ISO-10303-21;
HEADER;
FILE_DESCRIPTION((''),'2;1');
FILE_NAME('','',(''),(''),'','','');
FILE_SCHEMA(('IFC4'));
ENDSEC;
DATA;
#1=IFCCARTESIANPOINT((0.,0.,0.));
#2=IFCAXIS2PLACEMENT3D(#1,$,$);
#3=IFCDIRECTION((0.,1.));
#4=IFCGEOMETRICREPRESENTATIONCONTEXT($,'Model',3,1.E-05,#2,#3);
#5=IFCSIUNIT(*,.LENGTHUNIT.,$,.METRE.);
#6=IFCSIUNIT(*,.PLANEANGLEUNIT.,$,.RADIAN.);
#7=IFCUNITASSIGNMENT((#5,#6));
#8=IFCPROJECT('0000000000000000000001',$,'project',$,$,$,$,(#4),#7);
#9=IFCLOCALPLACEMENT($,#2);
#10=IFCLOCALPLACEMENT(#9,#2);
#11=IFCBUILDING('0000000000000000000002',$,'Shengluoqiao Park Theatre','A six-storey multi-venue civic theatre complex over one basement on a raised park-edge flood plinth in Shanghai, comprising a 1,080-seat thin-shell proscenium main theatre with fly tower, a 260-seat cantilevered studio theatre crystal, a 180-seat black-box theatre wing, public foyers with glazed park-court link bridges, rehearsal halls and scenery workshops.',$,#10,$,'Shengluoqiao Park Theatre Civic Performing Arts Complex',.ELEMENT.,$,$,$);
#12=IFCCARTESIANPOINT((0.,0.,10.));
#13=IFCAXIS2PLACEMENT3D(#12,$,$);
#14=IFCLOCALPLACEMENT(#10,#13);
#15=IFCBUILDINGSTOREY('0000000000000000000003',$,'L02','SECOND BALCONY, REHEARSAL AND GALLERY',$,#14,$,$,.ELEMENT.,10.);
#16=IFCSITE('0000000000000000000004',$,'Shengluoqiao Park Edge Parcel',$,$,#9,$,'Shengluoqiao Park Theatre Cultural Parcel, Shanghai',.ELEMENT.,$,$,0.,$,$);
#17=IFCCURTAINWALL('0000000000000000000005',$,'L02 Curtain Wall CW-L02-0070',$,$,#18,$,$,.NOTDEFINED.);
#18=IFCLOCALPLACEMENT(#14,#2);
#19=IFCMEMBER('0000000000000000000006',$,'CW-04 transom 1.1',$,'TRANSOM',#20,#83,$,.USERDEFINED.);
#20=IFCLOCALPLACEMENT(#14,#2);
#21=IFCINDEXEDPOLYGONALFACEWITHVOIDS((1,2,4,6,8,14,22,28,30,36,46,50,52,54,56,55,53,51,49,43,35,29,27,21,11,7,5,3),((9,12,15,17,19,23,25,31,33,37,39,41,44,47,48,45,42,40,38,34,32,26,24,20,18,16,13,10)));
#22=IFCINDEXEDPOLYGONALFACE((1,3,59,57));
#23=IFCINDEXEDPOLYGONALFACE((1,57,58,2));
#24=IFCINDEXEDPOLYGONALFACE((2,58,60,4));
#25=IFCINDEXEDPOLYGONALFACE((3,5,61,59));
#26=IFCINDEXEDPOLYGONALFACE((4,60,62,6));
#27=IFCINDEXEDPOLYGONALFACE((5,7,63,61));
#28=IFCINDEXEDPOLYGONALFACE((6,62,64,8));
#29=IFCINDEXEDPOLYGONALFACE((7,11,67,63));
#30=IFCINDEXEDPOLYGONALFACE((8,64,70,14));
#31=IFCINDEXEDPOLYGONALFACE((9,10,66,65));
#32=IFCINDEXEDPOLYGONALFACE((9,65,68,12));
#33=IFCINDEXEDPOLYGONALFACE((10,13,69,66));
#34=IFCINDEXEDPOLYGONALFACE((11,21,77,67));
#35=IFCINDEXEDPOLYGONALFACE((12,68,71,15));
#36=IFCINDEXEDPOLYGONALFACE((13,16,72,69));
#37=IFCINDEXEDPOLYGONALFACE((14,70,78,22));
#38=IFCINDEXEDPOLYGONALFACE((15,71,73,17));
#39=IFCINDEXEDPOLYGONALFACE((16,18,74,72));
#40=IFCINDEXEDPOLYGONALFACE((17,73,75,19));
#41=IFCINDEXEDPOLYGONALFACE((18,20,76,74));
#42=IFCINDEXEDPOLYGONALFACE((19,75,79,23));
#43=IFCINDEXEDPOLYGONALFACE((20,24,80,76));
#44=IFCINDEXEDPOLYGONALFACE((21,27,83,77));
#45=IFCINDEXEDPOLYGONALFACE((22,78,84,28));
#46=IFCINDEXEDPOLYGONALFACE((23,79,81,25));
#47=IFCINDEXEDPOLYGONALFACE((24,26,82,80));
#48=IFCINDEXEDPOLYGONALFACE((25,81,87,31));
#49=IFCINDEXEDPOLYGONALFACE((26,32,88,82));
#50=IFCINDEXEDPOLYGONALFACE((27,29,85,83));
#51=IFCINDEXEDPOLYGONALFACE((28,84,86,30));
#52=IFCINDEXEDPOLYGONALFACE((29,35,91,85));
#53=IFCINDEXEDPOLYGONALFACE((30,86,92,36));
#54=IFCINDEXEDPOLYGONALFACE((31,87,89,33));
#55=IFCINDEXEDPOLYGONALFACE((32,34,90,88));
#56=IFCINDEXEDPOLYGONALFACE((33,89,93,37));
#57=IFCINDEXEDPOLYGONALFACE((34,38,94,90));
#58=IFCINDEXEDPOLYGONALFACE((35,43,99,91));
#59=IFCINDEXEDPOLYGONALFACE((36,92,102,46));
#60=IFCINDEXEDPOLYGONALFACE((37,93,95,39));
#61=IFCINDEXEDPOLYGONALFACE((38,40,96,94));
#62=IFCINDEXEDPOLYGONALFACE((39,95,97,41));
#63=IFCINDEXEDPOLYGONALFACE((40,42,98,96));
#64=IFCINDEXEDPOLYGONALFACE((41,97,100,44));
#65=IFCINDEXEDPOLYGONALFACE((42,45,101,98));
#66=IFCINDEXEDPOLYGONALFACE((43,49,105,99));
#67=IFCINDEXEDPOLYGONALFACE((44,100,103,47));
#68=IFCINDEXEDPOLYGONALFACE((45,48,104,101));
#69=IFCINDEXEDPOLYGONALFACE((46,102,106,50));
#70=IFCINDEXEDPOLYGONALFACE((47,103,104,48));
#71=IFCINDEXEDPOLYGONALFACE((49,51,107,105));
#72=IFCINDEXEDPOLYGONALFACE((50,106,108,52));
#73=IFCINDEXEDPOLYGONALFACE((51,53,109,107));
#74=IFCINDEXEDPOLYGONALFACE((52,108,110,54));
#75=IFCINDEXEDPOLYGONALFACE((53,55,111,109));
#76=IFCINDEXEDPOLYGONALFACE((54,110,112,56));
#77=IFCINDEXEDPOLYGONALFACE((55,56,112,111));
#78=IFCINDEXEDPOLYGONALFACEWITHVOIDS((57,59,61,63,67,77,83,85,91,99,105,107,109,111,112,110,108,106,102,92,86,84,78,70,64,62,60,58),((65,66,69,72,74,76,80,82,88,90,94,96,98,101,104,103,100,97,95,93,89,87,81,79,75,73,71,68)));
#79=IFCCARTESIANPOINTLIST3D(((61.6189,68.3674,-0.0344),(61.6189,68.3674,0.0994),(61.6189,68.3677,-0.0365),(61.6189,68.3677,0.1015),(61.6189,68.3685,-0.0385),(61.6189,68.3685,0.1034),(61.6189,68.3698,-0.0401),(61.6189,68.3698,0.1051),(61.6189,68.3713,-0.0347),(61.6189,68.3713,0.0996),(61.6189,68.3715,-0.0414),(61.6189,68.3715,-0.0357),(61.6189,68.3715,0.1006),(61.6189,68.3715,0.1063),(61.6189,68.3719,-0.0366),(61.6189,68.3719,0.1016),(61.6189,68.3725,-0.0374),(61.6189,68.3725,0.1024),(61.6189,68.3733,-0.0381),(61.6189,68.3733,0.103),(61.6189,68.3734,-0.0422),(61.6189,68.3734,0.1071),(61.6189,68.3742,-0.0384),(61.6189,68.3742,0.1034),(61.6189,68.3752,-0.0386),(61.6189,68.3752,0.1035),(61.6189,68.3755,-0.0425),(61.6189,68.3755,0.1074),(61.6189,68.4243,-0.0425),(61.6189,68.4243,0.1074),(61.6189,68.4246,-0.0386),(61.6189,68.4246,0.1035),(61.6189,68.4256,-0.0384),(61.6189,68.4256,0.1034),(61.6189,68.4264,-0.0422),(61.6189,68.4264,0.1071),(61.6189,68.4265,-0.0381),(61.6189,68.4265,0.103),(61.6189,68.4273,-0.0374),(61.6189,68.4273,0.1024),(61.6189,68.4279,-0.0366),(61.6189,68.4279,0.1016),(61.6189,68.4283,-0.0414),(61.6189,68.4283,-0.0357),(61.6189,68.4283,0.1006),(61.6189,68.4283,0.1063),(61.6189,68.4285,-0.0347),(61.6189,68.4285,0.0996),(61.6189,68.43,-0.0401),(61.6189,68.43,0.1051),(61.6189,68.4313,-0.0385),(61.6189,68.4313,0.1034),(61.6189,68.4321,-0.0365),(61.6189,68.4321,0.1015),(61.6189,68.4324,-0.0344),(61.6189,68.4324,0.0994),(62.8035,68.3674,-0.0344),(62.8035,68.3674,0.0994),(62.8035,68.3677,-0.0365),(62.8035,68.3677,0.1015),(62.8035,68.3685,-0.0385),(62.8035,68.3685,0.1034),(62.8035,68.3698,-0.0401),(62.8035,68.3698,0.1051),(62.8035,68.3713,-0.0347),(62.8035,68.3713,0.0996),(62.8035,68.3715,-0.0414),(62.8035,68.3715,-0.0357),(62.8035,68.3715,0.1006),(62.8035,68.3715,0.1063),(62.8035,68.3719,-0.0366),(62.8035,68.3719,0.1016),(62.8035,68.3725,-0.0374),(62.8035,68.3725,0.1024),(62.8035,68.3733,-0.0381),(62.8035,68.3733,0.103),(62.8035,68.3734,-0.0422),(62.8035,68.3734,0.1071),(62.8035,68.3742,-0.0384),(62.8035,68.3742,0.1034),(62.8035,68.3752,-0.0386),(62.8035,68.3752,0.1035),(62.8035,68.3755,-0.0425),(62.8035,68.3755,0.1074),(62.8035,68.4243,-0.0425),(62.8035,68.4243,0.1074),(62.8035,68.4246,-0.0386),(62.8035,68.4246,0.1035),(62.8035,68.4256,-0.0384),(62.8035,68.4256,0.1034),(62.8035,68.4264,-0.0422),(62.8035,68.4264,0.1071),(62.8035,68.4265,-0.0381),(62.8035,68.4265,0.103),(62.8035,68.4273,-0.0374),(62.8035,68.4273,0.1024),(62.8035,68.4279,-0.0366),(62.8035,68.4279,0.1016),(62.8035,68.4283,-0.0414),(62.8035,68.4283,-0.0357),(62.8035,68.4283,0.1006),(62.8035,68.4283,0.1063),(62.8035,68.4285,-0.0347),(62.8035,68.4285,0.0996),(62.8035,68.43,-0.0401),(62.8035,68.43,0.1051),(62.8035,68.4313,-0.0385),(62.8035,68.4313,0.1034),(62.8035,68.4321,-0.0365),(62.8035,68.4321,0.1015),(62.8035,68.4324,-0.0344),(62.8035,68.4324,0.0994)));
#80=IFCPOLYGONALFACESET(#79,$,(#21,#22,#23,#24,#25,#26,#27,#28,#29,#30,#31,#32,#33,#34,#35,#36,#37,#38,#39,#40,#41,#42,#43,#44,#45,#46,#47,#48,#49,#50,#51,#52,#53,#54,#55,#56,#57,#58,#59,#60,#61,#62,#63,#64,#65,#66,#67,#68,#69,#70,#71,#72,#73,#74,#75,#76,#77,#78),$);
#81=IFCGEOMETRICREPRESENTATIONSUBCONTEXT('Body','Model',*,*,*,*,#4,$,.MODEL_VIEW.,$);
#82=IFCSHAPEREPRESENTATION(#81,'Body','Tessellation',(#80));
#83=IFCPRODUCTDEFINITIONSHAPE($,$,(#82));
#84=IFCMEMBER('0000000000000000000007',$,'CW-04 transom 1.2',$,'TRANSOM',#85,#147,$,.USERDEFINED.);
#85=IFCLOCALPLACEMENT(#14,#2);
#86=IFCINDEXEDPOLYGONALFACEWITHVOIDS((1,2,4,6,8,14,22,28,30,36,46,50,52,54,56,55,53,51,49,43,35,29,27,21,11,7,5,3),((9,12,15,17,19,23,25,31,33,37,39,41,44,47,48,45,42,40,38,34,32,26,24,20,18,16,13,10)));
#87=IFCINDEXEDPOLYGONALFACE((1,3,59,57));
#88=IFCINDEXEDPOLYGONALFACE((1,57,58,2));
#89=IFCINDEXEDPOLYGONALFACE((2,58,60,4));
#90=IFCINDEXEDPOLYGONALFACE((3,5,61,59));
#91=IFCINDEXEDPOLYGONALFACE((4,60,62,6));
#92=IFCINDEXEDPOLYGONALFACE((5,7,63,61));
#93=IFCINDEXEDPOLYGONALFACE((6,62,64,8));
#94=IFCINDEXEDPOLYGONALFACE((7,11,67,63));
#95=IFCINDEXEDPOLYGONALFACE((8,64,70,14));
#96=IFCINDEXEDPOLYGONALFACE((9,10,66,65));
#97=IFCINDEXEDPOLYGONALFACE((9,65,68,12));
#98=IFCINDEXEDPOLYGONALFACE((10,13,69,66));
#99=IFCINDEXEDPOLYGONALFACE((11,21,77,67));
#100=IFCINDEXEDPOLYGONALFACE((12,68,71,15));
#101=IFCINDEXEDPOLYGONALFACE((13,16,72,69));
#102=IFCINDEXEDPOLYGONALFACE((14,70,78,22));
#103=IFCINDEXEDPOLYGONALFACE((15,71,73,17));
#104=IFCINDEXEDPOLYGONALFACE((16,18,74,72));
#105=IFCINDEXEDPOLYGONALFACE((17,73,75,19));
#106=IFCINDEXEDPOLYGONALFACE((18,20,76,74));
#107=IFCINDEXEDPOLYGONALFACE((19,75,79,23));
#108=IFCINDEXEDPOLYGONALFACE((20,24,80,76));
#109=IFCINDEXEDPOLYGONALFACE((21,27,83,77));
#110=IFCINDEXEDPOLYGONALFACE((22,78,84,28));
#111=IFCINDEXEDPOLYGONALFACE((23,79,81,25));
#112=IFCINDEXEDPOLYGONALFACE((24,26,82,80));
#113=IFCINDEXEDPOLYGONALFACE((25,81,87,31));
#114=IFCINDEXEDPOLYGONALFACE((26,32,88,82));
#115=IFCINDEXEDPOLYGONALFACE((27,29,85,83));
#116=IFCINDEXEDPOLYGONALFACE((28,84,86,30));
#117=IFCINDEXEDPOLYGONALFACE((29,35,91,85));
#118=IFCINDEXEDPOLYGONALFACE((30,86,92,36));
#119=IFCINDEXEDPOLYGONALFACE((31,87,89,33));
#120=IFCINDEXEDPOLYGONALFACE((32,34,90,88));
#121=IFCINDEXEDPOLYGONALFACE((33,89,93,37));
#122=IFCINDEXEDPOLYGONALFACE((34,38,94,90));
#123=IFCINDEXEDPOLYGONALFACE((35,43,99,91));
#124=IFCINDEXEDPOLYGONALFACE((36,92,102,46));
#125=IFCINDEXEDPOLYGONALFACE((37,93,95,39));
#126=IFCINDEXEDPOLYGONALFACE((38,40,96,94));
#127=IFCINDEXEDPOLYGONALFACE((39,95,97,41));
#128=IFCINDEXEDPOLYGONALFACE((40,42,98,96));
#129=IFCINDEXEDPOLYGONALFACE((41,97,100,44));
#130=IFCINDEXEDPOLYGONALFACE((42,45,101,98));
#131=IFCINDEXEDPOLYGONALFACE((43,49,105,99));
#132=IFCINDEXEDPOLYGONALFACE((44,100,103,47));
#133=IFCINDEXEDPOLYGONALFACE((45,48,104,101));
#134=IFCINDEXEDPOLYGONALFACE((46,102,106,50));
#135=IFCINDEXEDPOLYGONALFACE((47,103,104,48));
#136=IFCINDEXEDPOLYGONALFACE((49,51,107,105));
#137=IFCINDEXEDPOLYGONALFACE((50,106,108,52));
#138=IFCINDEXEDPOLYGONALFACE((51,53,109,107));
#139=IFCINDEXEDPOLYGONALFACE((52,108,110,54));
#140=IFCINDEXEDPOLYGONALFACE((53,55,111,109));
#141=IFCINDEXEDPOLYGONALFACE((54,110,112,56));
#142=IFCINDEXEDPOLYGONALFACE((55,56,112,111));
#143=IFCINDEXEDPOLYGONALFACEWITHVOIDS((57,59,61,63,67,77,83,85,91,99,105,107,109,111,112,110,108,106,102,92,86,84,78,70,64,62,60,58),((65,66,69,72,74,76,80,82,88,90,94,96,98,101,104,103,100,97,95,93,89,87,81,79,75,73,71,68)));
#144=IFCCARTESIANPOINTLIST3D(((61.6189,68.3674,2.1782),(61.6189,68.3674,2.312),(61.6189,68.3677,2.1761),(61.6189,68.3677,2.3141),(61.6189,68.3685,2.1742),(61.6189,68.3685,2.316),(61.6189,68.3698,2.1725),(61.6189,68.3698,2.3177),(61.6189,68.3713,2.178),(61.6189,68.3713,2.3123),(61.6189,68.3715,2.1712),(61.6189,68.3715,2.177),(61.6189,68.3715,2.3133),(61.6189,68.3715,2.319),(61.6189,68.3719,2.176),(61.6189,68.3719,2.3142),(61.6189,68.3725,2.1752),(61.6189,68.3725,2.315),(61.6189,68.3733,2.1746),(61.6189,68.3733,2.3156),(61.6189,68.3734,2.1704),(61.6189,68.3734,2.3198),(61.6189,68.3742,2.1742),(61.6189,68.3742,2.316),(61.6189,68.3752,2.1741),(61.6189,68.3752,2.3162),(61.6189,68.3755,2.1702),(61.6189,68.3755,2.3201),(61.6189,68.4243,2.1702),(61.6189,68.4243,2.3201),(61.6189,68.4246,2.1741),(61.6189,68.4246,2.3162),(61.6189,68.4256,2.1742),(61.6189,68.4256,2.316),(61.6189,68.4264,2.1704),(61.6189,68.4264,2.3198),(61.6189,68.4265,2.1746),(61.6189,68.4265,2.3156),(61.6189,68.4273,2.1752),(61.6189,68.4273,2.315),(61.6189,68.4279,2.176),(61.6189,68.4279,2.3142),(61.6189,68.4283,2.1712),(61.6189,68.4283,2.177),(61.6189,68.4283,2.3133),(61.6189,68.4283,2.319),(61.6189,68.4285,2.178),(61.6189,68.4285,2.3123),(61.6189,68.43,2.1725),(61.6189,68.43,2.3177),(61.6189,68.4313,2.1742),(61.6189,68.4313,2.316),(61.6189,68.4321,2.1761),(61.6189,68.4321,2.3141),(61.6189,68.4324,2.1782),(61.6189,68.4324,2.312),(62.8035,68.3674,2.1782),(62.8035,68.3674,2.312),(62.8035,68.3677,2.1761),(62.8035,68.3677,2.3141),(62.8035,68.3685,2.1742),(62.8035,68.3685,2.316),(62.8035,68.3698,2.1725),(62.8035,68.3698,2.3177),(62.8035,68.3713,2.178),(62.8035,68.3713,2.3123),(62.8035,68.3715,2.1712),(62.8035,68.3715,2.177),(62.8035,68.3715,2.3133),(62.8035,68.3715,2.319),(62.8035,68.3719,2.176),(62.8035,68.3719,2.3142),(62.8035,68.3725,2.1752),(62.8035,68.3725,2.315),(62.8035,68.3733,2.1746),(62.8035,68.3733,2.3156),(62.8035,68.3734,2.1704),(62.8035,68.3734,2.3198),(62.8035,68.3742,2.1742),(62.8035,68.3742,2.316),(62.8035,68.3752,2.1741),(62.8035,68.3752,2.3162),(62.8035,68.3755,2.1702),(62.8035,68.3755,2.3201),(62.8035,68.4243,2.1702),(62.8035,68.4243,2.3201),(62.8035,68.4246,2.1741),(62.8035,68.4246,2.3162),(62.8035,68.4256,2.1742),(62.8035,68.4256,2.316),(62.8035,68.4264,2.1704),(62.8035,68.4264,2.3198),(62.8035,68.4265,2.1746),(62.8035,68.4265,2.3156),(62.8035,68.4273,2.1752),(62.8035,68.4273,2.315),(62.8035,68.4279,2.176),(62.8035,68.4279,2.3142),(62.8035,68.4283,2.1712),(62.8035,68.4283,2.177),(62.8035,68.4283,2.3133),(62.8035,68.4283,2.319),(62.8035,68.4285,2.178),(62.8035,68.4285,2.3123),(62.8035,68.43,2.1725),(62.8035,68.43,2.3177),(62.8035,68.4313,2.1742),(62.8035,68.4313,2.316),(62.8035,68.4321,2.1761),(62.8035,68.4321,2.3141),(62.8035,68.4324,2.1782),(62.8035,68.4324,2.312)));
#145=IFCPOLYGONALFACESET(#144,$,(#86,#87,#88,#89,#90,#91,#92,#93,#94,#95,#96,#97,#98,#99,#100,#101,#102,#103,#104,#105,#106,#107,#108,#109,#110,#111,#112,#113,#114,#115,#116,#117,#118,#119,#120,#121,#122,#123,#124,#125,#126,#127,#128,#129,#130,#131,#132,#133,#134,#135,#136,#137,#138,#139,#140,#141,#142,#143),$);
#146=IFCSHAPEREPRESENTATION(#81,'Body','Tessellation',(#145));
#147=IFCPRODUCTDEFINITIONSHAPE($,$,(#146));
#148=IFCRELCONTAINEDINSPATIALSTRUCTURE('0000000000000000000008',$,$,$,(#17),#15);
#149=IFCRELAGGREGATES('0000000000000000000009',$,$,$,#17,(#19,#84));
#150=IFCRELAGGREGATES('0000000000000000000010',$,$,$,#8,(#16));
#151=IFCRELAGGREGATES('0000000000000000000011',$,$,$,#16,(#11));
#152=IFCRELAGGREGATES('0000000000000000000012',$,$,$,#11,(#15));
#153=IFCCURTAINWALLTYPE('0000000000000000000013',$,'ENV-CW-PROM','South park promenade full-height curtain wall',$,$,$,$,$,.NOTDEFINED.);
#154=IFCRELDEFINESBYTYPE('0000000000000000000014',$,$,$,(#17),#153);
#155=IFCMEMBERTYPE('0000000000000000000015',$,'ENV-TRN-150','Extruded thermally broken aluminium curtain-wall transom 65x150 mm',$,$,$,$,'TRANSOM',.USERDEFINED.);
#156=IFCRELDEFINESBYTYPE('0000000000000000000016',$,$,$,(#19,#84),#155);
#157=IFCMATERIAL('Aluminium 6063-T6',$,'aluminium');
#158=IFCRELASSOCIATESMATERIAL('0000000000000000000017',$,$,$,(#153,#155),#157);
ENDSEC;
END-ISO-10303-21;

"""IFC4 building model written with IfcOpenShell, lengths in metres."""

from ifc_helpers import new_model, si_unit, direction, frame, origin, origin_2d, place, context, subcontext, project, spatial, hollow_rectangle, extrude, material, material_profile, profile_set, type_object, element, aggregate, save


model = new_model("IFC4")

# Units and contexts
model_context = context("Model", 3, precision=1e-05, world=origin(), true_north=direction((0.0, 1.0)))
body_context = subcontext(model_context, "Body", "Model", "MODEL_VIEW")
ifc_project = project(units=[si_unit("LENGTHUNIT", "METRE"), si_unit("PLANEANGLEUNIT", "RADIAN")], contexts=[model_context])

# Site, building, storey
site_placement = place(None, origin())
site = spatial("IfcSite", under=ifc_project, at=site_placement, Name="Shengluoqiao Park Edge Parcel", LongName="Shengluoqiao Park Theatre Cultural Parcel, Shanghai", CompositionType="ELEMENT", RefElevation=0.0)
building_placement = place(site_placement, origin())
building = spatial("IfcBuilding", under=site, at=building_placement, Name="Shengluoqiao Park Theatre", Description="A six-storey multi-venue civic theatre complex over one basement on a raised park-edge flood plinth in Shanghai, comprising a 1,080-seat thin-shell proscenium main theatre with fly tower, a 260-seat cantilevered studio theatre crystal, a 180-seat black-box theatre wing, public foyers with glazed park-court link bridges, rehearsal halls and scenery workshops.", LongName="Shengluoqiao Park Theatre Civic Performing Arts Complex", CompositionType="ELEMENT")
storey_placement = place(building_placement, frame((0.0, 0.0, 10.0)))
storey = spatial("IfcBuildingStorey", under=building, at=storey_placement, Name="L02", Description="SECOND BALCONY, REHEARSAL AND GALLERY", CompositionType="ELEMENT", Elevation=10.0)

# Curtain wall
ifc_material_1 = material(Name="Aluminium 6063-T6", Category="aluminium")
curtain_wall_type = type_object("IfcCurtainWallType", Name="ENV-CW-PROM", Description="South park promenade full-height curtain wall", PredefinedType="NOTDEFINED", material=ifc_material_1)
curtain_wall_1_placement = place(storey_placement, origin())
curtain_wall_1 = element("IfcCurtainWall", 1, at=curtain_wall_1_placement, inside=storey, type_object=curtain_wall_type, Name="L02 Curtain Wall CW-L02-0070", PredefinedType="NOTDEFINED")

# Members
ifc_material_profile_1 = material_profile(ifc_material_1, hollow_rectangle(XDim=0.0649, YDim=0.1499, WallThickness=0.0039, InnerFilletRadius=0.0039, OuterFilletRadius=0.0081, at=origin_2d()), Name="ALU TRANSOM 150x65x4")
ifc_profile_set_1 = profile_set([ifc_material_profile_1], Name="Aluminium 6063-T6")
member_type_1 = type_object("IfcMemberType", Name="ENV-TRN-150", Description="Extruded thermally broken aluminium curtain-wall transom 65x150 mm", ElementType="TRANSOM", PredefinedType="USERDEFINED", material=ifc_profile_set_1)
member_1_placement = place(storey_placement, frame((61.6189, 68.3999, 0.0325), z_axis=(1.0, 0.0, 0.0), x_axis=(0.0, 1.0, 0.0)))
member_1 = element("IfcMember", 2, at=member_1_placement, type_object=member_type_1, Name="CW-04 transom 1.1", ObjectType="TRANSOM", PredefinedType="USERDEFINED", context=body_context, shape_type="SweptSolid", body=[
    extrude(hollow_rectangle(XDim=0.0649, YDim=0.1499, WallThickness=0.0039, InnerFilletRadius=0.0039, OuterFilletRadius=0.0081, at=origin_2d()), origin(), (0.0, 0.0, 1.0), 1.1846),
])
member_2_placement = place(storey_placement, frame((61.6189, 68.3999, 2.2451), z_axis=(1.0, 0.0, 0.0), x_axis=(0.0, 1.0, 0.0)))
member_2 = element("IfcMember", 3, at=member_2_placement, type_object=member_type_1, Name="CW-04 transom 1.2", ObjectType="TRANSOM", PredefinedType="USERDEFINED", context=body_context, shape_type="SweptSolid", body=[
    extrude(hollow_rectangle(XDim=0.0649, YDim=0.1499, WallThickness=0.0039, InnerFilletRadius=0.0039, OuterFilletRadius=0.0081, at=origin_2d()), origin(), (0.0, 0.0, 1.0), 1.1846),
])

aggregate(curtain_wall_1, [member_1, member_2])

save(model, "model.ifc")
